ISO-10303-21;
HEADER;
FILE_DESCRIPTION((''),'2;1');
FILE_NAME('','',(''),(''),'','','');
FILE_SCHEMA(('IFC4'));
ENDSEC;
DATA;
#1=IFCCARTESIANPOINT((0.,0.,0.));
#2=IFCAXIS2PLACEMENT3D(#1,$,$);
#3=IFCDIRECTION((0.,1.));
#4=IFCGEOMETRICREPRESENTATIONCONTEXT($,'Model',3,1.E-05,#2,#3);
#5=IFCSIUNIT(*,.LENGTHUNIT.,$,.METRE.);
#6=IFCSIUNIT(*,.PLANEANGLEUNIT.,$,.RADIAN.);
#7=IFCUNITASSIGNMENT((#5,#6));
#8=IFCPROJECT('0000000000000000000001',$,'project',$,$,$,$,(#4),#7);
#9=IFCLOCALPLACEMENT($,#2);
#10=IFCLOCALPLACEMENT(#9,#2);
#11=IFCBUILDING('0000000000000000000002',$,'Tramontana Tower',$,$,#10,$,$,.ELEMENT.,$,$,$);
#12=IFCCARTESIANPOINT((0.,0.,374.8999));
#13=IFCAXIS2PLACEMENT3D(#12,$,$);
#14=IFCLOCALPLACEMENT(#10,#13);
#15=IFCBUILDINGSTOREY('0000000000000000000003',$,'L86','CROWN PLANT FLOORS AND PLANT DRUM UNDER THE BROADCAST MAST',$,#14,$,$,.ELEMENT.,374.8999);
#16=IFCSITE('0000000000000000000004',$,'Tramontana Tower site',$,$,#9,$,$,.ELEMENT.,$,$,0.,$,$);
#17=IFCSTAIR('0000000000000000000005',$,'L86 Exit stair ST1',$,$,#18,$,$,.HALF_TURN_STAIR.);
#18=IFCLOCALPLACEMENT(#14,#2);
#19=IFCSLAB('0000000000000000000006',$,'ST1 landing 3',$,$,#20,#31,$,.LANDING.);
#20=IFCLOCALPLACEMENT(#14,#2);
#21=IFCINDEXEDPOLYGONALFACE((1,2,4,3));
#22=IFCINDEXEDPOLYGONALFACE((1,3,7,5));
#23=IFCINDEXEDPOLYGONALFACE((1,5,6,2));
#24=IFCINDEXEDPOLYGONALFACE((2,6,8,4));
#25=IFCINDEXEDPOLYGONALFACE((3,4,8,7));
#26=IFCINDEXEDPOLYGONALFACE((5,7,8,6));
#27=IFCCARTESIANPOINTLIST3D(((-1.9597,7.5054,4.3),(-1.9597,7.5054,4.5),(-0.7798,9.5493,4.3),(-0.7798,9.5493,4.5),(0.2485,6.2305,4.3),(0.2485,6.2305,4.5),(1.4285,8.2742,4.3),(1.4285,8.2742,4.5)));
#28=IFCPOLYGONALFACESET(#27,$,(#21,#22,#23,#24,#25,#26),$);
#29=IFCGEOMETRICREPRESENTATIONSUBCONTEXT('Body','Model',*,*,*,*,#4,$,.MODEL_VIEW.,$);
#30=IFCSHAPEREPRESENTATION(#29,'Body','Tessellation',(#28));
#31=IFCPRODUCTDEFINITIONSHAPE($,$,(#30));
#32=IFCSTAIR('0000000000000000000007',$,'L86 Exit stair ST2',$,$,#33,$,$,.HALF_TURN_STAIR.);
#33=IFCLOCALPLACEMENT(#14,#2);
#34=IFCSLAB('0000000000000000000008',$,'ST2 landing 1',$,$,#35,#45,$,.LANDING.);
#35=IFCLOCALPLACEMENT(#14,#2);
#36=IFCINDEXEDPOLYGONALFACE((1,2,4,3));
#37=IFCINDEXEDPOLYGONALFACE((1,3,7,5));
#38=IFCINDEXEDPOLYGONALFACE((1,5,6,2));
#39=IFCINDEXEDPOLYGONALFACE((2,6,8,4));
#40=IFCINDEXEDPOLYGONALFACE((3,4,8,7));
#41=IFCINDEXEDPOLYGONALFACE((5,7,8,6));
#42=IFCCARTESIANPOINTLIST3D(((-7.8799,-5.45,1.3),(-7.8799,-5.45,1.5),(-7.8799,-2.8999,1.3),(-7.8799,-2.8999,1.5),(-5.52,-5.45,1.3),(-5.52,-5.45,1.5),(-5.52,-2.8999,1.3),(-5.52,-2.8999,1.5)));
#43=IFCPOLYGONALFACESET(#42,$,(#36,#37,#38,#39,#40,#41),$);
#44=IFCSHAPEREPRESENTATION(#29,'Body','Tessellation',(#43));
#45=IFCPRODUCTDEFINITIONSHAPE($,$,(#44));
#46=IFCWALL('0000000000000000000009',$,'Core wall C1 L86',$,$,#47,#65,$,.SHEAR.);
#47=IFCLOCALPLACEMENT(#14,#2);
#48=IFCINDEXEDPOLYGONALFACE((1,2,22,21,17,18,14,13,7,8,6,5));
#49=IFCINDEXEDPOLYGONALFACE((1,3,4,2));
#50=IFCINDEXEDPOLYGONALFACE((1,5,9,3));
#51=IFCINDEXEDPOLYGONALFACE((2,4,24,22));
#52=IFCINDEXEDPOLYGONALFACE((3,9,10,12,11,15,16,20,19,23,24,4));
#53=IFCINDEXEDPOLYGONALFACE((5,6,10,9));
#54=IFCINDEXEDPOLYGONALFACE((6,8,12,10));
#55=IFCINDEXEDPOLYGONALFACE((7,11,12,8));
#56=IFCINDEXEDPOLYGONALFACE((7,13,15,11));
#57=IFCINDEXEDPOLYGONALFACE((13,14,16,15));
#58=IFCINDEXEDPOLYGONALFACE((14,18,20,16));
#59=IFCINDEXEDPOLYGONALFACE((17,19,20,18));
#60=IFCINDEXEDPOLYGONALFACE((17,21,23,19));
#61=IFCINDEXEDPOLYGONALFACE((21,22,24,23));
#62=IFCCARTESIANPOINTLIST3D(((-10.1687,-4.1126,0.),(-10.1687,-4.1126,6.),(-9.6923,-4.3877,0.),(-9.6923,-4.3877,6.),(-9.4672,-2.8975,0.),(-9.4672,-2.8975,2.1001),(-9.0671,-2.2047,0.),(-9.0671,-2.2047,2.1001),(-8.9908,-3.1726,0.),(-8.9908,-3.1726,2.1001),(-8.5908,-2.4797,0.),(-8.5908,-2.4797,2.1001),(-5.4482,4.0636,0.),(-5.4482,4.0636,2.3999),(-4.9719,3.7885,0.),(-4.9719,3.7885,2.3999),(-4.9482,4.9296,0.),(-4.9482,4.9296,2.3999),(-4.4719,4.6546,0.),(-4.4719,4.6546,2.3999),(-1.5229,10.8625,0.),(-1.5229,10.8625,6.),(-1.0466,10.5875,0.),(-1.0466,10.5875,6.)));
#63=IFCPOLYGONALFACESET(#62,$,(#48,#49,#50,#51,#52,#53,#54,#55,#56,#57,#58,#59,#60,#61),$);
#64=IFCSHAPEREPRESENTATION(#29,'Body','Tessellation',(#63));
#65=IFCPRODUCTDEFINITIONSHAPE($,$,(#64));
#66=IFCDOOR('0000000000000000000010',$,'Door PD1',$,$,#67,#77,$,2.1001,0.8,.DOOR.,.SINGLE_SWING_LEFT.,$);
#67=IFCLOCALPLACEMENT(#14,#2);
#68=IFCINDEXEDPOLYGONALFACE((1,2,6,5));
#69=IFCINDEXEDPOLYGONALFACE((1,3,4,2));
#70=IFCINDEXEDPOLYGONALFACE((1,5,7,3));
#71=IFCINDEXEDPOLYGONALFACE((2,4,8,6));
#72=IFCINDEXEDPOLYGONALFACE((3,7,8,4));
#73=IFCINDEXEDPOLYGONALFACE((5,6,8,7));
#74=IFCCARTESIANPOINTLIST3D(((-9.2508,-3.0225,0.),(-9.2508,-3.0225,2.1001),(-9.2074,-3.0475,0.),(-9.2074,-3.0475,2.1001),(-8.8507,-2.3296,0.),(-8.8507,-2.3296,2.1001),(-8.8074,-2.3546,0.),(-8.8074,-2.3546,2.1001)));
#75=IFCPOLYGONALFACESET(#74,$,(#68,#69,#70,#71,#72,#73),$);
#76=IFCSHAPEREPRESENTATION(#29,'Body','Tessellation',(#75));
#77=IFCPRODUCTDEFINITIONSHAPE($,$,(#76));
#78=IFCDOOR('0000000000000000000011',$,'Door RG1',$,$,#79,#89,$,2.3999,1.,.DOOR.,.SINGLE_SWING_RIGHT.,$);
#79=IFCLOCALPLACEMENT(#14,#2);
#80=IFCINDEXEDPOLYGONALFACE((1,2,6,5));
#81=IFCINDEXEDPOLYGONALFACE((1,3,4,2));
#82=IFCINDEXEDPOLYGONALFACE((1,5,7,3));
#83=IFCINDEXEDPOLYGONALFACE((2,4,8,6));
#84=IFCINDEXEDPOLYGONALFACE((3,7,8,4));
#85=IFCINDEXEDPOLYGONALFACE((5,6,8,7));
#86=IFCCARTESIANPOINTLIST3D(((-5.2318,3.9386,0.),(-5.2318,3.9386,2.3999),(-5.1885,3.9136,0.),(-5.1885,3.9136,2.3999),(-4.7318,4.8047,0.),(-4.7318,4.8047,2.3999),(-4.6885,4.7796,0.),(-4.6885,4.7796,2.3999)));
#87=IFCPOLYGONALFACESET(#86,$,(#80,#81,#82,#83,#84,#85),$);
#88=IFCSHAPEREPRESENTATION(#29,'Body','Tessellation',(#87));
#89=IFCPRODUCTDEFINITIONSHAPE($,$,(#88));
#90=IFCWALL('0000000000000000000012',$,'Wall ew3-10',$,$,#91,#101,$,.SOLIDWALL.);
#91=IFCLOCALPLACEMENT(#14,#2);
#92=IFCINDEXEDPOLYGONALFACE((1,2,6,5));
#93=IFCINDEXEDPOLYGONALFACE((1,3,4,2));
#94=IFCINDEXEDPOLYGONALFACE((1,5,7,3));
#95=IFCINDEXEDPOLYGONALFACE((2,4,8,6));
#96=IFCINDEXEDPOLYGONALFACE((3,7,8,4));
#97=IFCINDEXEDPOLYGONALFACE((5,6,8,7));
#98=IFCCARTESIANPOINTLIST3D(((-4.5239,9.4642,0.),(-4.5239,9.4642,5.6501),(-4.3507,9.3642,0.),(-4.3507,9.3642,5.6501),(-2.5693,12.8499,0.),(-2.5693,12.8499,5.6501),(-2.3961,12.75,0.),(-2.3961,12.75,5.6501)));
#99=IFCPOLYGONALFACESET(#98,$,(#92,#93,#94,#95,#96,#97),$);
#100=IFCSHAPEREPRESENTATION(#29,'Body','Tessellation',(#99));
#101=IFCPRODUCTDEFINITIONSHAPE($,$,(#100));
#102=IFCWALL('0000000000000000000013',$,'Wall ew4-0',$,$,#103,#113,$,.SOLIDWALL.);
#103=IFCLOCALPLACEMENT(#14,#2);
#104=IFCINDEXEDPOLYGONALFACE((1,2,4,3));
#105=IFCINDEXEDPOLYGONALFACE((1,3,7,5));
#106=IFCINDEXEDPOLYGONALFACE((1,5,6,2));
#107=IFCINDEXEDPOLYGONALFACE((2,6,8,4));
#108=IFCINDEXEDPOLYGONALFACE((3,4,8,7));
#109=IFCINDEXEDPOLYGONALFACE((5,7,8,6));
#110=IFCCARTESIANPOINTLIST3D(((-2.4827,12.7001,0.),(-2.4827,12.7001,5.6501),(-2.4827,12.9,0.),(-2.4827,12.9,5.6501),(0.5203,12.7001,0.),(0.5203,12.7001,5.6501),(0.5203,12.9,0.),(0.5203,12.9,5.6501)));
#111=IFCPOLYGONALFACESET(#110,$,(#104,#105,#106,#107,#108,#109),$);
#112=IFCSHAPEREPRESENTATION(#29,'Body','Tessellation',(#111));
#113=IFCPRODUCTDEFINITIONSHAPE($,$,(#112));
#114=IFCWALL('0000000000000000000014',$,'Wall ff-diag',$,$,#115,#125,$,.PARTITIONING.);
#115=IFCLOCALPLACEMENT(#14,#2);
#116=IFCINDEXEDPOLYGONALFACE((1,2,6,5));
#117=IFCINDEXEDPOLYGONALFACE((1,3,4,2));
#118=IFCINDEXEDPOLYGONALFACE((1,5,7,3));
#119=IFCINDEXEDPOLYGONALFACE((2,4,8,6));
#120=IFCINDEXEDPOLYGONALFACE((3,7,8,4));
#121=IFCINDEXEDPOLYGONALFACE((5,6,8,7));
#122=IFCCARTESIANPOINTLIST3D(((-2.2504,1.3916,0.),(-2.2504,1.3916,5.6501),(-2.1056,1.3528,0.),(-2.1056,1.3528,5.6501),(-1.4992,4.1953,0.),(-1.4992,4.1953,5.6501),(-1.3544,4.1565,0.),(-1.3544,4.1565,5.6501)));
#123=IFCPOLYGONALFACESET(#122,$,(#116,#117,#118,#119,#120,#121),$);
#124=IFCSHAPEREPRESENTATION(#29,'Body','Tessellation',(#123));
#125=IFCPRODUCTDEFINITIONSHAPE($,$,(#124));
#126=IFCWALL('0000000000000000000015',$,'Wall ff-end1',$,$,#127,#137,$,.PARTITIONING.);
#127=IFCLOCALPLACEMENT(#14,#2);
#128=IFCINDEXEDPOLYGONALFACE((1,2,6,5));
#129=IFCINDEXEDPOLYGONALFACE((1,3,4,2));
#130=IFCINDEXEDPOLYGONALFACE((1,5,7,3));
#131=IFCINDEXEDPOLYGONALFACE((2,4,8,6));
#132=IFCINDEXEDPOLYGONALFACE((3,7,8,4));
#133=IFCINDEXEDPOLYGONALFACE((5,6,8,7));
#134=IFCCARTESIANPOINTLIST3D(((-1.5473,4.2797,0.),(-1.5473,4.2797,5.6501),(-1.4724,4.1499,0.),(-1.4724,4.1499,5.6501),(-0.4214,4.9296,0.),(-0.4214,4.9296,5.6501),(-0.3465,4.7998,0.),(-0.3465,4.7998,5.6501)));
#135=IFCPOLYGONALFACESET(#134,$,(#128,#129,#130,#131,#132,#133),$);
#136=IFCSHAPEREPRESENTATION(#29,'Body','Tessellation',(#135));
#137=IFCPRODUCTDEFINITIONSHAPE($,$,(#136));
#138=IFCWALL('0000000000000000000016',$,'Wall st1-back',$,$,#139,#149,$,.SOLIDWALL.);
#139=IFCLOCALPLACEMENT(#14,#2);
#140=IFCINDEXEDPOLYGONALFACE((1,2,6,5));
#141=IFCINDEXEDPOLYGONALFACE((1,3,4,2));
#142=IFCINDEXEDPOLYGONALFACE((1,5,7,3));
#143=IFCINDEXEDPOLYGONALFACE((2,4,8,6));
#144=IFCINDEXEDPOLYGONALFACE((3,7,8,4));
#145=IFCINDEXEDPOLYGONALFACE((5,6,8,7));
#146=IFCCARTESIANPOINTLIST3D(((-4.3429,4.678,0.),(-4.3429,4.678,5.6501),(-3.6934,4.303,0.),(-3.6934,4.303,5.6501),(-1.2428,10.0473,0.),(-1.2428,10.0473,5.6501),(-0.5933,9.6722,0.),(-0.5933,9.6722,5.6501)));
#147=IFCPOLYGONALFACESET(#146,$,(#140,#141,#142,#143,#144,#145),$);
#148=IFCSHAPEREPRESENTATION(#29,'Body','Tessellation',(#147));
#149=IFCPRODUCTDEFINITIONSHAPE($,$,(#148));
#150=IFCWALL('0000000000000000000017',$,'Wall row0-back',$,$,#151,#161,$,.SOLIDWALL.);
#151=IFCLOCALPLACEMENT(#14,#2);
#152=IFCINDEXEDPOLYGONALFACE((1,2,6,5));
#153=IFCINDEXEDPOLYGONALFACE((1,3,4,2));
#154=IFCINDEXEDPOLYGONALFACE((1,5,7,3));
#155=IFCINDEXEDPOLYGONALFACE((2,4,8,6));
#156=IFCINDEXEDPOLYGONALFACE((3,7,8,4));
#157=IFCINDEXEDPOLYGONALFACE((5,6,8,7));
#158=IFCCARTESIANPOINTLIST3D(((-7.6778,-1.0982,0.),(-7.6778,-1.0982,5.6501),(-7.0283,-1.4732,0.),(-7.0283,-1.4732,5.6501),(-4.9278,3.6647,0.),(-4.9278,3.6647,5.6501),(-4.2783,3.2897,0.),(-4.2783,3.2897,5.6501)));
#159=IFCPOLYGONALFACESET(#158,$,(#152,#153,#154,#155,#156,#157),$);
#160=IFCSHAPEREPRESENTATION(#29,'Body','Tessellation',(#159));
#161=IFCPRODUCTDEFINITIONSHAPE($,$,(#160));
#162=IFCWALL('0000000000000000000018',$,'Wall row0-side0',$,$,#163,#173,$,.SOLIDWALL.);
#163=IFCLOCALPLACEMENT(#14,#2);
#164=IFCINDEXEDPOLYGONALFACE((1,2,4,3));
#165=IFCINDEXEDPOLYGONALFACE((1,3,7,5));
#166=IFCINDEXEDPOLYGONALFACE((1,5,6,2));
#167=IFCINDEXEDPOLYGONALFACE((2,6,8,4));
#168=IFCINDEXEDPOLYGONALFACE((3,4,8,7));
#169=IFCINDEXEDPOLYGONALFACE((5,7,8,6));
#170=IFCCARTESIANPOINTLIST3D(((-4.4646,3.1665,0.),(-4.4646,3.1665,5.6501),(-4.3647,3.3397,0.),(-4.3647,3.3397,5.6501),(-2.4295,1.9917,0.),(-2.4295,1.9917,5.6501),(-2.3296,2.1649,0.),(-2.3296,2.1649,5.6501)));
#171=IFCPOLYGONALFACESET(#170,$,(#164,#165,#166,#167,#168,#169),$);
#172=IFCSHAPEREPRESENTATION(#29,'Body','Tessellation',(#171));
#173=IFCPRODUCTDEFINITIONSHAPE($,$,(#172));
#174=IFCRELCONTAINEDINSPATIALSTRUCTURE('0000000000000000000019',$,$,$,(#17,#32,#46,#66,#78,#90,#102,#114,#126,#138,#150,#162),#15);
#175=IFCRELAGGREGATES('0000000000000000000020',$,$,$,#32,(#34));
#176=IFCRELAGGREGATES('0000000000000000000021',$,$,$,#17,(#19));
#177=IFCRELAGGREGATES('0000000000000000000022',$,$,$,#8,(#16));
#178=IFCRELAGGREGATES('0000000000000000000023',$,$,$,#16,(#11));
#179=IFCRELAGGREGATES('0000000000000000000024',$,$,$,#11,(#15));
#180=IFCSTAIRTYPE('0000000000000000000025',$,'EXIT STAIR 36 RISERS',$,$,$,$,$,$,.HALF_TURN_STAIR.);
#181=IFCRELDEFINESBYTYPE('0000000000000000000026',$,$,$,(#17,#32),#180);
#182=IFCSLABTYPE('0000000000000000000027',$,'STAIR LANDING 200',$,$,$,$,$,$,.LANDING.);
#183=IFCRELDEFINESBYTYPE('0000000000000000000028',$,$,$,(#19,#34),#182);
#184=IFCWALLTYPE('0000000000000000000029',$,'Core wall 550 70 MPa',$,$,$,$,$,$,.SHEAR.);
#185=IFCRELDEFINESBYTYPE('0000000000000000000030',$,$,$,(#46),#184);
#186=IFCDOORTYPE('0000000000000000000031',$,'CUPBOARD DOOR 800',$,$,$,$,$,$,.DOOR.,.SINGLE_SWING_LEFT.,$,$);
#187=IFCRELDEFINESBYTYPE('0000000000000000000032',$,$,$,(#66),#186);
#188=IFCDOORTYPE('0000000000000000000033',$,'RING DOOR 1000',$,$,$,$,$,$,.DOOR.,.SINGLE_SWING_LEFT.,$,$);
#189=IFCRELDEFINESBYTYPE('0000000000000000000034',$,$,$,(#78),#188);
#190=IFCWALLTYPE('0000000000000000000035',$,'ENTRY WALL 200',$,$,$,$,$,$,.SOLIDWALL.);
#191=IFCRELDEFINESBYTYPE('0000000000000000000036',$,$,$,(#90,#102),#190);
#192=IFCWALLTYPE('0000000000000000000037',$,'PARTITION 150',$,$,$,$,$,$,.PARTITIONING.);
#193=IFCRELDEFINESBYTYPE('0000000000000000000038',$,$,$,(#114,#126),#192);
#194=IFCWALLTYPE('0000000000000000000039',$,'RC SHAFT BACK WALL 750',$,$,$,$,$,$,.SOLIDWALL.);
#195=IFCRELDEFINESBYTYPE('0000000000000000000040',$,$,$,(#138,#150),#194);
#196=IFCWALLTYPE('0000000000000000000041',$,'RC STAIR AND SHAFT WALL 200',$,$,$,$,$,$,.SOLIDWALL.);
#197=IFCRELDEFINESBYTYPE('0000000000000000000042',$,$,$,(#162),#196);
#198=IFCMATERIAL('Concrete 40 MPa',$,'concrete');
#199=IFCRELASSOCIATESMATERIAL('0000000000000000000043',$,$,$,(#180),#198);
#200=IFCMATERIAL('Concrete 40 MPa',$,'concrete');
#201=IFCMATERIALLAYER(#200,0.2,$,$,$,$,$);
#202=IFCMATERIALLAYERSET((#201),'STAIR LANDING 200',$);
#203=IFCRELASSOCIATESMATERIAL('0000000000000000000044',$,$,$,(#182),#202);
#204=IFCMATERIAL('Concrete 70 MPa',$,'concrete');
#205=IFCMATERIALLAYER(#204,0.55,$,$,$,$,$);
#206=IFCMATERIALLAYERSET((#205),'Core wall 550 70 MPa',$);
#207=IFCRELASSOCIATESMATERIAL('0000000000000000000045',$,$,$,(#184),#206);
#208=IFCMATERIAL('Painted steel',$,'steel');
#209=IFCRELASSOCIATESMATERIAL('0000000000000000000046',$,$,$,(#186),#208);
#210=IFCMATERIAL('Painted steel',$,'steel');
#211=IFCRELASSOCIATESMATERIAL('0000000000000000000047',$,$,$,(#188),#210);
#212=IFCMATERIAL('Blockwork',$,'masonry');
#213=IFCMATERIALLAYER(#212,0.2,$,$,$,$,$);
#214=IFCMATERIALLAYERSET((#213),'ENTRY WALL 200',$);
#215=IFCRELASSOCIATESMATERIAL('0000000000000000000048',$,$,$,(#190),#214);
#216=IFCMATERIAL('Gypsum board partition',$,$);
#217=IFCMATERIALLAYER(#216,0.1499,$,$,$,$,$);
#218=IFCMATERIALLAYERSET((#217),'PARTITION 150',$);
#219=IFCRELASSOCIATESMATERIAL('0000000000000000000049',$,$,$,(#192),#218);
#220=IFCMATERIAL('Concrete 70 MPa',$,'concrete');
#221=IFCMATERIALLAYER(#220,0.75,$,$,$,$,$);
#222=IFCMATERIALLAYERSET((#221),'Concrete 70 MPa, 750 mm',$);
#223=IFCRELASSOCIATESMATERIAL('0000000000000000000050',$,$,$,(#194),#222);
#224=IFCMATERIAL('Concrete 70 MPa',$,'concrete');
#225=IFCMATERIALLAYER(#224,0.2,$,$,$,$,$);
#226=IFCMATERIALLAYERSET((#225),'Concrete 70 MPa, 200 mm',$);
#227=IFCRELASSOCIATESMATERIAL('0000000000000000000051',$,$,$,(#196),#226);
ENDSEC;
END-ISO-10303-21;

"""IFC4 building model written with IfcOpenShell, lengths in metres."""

from ifc_helpers import new_model, si_unit, direction, frame, frame_2d, origin, place, context, subcontext, project, spatial, polyline, rectangle, outline, extrude, material, layer, layer_set, type_object, element, fill, aggregate, save


model = new_model("IFC4")

# Units and contexts
model_context = context("Model", 3, precision=1e-05, world=origin(), true_north=direction((0.0, 1.0)))
body_context = subcontext(model_context, "Body", "Model", "MODEL_VIEW")
ifc_project = project(units=[si_unit("LENGTHUNIT", "METRE"), si_unit("PLANEANGLEUNIT", "RADIAN")], contexts=[model_context])

# Site, building, storey
site_placement = place(None, origin())
site = spatial("IfcSite", under=ifc_project, at=site_placement, Name="Tramontana Tower site", CompositionType="ELEMENT", RefElevation=0.0)
building_placement = place(site_placement, origin())
building = spatial("IfcBuilding", under=site, at=building_placement, Name="Tramontana Tower", CompositionType="ELEMENT")
storey_placement = place(building_placement, frame((0.0, 0.0, 374.8999)))
storey = spatial("IfcBuildingStorey", under=building, at=storey_placement, Name="L86", Description="CROWN PLANT FLOORS AND PLANT DRUM UNDER THE BROADCAST MAST", CompositionType="ELEMENT", Elevation=374.8999)

# Stairs, slabs
ifc_material_1 = material(Name="Concrete 40 MPa", Category="concrete")
stair_type = type_object("IfcStairType", Name="EXIT STAIR 36 RISERS", PredefinedType="HALF_TURN_STAIR", material=ifc_material_1)
stair_1_placement = place(storey_placement, origin())
stair_1 = element("IfcStair", 1, at=stair_1_placement, inside=storey, type_object=stair_type, Name="L86 Exit stair ST1", PredefinedType="HALF_TURN_STAIR")
ifc_material_2 = material(Name="Concrete 40 MPa", Category="concrete")
ifc_layer_1 = layer(ifc_material_2, 0.2)
ifc_layer_set_1 = layer_set([ifc_layer_1], Name="STAIR LANDING 200")
slab_type = type_object("IfcSlabType", Name="STAIR LANDING 200", PredefinedType="LANDING", material=ifc_layer_set_1)
slab_1_placement = place(storey_placement, frame((0.0, 0.0, 4.3)))
slab_1 = element("IfcSlab", 2, at=slab_1_placement, type_object=slab_type, Name="ST1 landing 3", PredefinedType="LANDING", context=body_context, shape_type="SweptSolid", body=[
    extrude(outline(polyline([(0.2485, 6.2305), (1.4285, 8.2742), (-0.7798, 9.5493), (-1.9597, 7.5054), (0.2485, 6.2305)])), origin(), (0.0, 0.0, 1.0), 0.2),
])
stair_2_placement = place(storey_placement, origin())
stair_2 = element("IfcStair", 3, at=stair_2_placement, inside=storey, type_object=stair_type, Name="L86 Exit stair ST2", PredefinedType="HALF_TURN_STAIR")
slab_2_placement = place(storey_placement, frame((0.0, 0.0, 1.3)))
slab_2 = element("IfcSlab", 4, at=slab_2_placement, type_object=slab_type, Name="ST2 landing 1", PredefinedType="LANDING", context=body_context, shape_type="SweptSolid", body=[
    extrude(outline(polyline([(-5.52, -2.8999), (-7.8799, -2.8999), (-7.8799, -5.45), (-5.52, -5.45), (-5.52, -2.8999)])), origin(), (0.0, 0.0, 1.0), 0.2),
])
aggregate(stair_2, [slab_2])

# Wall, openings, doors
ifc_material_3 = material(Name="Concrete 70 MPa", Category="concrete")
ifc_layer_2 = layer(ifc_material_3, 0.55)
ifc_layer_set_2 = layer_set([ifc_layer_2], Name="Core wall 550 70 MPa")
wall_type_1 = type_object("IfcWallType", Name="Core wall 550 70 MPa", PredefinedType="SHEAR", material=ifc_layer_set_2)
wall_1_placement = place(storey_placement, frame((-1.2847, 10.7251, 0.0), z_axis=(0.0, 0.0, 1.0), x_axis=(-0.499995, -0.866029, 0.0)))
wall_1 = element("IfcWall", 5, at=wall_1_placement, inside=storey, type_object=wall_type_1, Name="Core wall C1 L86", PredefinedType="SHEAR", context=body_context, shape_type="SweptSolid", body=[
    extrude(rectangle(XDim=17.2917, YDim=0.55, at=frame_2d((8.646, 0.0))), origin(), (0.0, 0.0, 1.0), 6.0),
])
opening_1_placement = place(wall_1_placement, frame((6.8508, 0.0, 0.0)))
opening_1 = element("IfcOpeningElement", 6, at=opening_1_placement, cuts=wall_1, PredefinedType="OPENING", context=body_context, shape_type="SweptSolid", body=[
    extrude(rectangle(XDim=1.0, YDim=2.3999, at=frame_2d((0.5, 1.2))), frame((0.0, 0.2849, 0.0), z_axis=(0.0, -1.0, 0.0), x_axis=(1.0, 0.0, 0.0)), (0.0, 0.0, 1.0), 0.5701),
])
opening_2_placement = place(wall_1_placement, frame((15.0889, 0.0, 0.0)))
opening_2 = element("IfcOpeningElement", 7, at=opening_2_placement, cuts=wall_1, PredefinedType="OPENING", context=body_context, shape_type="SweptSolid", body=[
    extrude(rectangle(XDim=0.8, YDim=2.1001, at=frame_2d((0.3999, 1.05))), frame((0.0, 0.2849, 0.0), z_axis=(0.0, -1.0, 0.0), x_axis=(1.0, 0.0, 0.0)), (0.0, 0.0, 1.0), 0.5701),
])
ifc_material_4 = material(Name="Painted steel", Category="steel")
door_type_1 = type_object("IfcDoorType", Name="CUPBOARD DOOR 800", OperationType="SINGLE_SWING_LEFT", PredefinedType="DOOR", material=ifc_material_4)
door_1_placement = place(opening_2_placement, origin())
door_1 = element("IfcDoor", 8, at=door_1_placement, inside=storey, type_object=door_type_1, Name="Door PD1", OperationType="SINGLE_SWING_LEFT", OverallHeight=2.1001, OverallWidth=0.8, PredefinedType="DOOR", context=body_context, shape_type="SweptSolid", body=[
    extrude(rectangle(XDim=0.8, YDim=2.1001, at=frame_2d((0.3999, 1.05))), frame((0.0, 0.0249, 0.0), z_axis=(0.0, -1.0, 0.0), x_axis=(1.0, 0.0, 0.0)), (0.0, 0.0, 1.0), 0.05),
])
fill(opening_2, door_1)
ifc_material_5 = material(Name="Painted steel", Category="steel")
door_type_2 = type_object("IfcDoorType", Name="RING DOOR 1000", OperationType="SINGLE_SWING_LEFT", PredefinedType="DOOR", material=ifc_material_5)
door_2_placement = place(opening_1_placement, origin())
door_2 = element("IfcDoor", 9, at=door_2_placement, inside=storey, type_object=door_type_2, Name="Door RG1", OperationType="SINGLE_SWING_RIGHT", OverallHeight=2.3999, OverallWidth=1.0, PredefinedType="DOOR", context=body_context, shape_type="SweptSolid", body=[
    extrude(rectangle(XDim=1.0, YDim=2.3999, at=frame_2d((0.5, 1.2))), frame((0.0, 0.0249, 0.0), z_axis=(0.0, -1.0, 0.0), x_axis=(1.0, 0.0, 0.0)), (0.0, 0.0, 1.0), 0.05),
])
fill(opening_1, door_2)

# Walls
ifc_material_6 = material(Name="Blockwork", Category="masonry")
ifc_layer_3 = layer(ifc_material_6, 0.2)
ifc_layer_set_3 = layer_set([ifc_layer_3], Name="ENTRY WALL 200")
wall_type_2 = type_object("IfcWallType", Name="ENTRY WALL 200", PredefinedType="SOLIDWALL", material=ifc_layer_set_3)
wall_2_placement = place(storey_placement, frame((-4.4373, 9.4143, 0.0), z_axis=(0.0, 0.0, 1.0), x_axis=(0.499968, 0.866044, 0.0)))
element("IfcWall", 10, at=wall_2_placement, inside=storey, type_object=wall_type_2, Name="Wall ew3-10", PredefinedType="SOLIDWALL", context=body_context, shape_type="SweptSolid", body=[
    extrude(rectangle(XDim=3.9094, YDim=0.2, at=frame_2d((1.9546, 0.0))), origin(), (0.0, 0.0, 1.0), 5.6501),
])
wall_3_placement = place(storey_placement, frame((-2.4827, 12.8, 0.0), z_axis=(0.0, 0.0, 1.0), x_axis=(1.0, 0.0, 0.0)))
element("IfcWall", 11, at=wall_3_placement, inside=storey, type_object=wall_type_2, Name="Wall ew4-0", PredefinedType="SOLIDWALL", context=body_context, shape_type="SweptSolid", body=[
    extrude(rectangle(XDim=3.0029, YDim=0.2, at=frame_2d((1.5015, 0.0))), origin(), (0.0, 0.0, 1.0), 5.6501),
])
ifc_material_7 = material(Name="Gypsum board partition")
ifc_layer_4 = layer(ifc_material_7, 0.1499)
ifc_layer_set_4 = layer_set([ifc_layer_4], Name="PARTITION 150")
wall_type_3 = type_object("IfcWallType", Name="PARTITION 150", PredefinedType="PARTITIONING", material=ifc_layer_set_4)
wall_4_placement = place(storey_placement, frame((-2.178, 1.3723, 0.0), z_axis=(0.0, 0.0, 1.0), x_axis=(0.258809, 0.965929, 0.0)))
element("IfcWall", 12, at=wall_4_placement, inside=storey, type_object=wall_type_3, Name="Wall ff-diag", PredefinedType="PARTITIONING", context=body_context, shape_type="SweptSolid", body=[
    extrude(rectangle(XDim=2.9026, YDim=0.1499, at=frame_2d((1.4512, 0.0))), origin(), (0.0, 0.0, 1.0), 5.6501),
])
wall_5_placement = place(storey_placement, frame((-1.5098, 4.2148, 0.0), z_axis=(0.0, 0.0, 1.0), x_axis=(0.866086, 0.499896, 0.0)))
element("IfcWall", 13, at=wall_5_placement, inside=storey, type_object=wall_type_3, Name="Wall ff-end1", PredefinedType="PARTITIONING", context=body_context, shape_type="SweptSolid", body=[
    extrude(rectangle(XDim=1.3, YDim=0.1499, at=frame_2d((0.6499, 0.0))), origin(), (0.0, 0.0, 1.0), 5.6501),
])
ifc_material_8 = material(Name="Concrete 70 MPa", Category="concrete")
ifc_layer_5 = layer(ifc_material_8, 0.75)
ifc_layer_set_5 = layer_set([ifc_layer_5], Name="Concrete 70 MPa, 750 mm")
wall_type_4 = type_object("IfcWallType", Name="RC SHAFT BACK WALL 750", PredefinedType="SOLIDWALL", material=ifc_layer_set_5)
wall_6_placement = place(storey_placement, frame((-0.918, 9.8599, 0.0), z_axis=(0.0, 0.0, 1.0), x_axis=(-0.500027, -0.86601, 0.0)))
element("IfcWall", 14, at=wall_6_placement, inside=storey, type_object=wall_type_4, Name="Wall st1-back", PredefinedType="SOLIDWALL", context=body_context, shape_type="SweptSolid", body=[
    extrude(rectangle(XDim=6.2, YDim=0.75, at=frame_2d((3.1001, 0.0))), origin(), (0.0, 0.0, 1.0), 5.6501),
])
wall_7_placement = place(storey_placement, frame((-4.603, 3.4773, 0.0), z_axis=(0.0, 0.0, 1.0), x_axis=(-0.500016, -0.866016, 0.0)))
element("IfcWall", 15, at=wall_7_placement, inside=storey, type_object=wall_type_4, Name="Wall row0-back", PredefinedType="SOLIDWALL", context=body_context, shape_type="SweptSolid", body=[
    extrude(rectangle(XDim=5.4998, YDim=0.75, at=frame_2d((2.75, 0.0))), origin(), (0.0, 0.0, 1.0), 5.6501),
])

# Shared definitions
ifc_material_9 = material(Name="Concrete 70 MPa", Category="concrete")
ifc_layer_6 = layer(ifc_material_9, 0.2)
ifc_layer_set_6 = layer_set([ifc_layer_6], Name="Concrete 70 MPa, 200 mm")
wall_type_5 = type_object("IfcWallType", Name="RC STAIR AND SHAFT WALL 200", PredefinedType="SOLIDWALL", material=ifc_layer_set_6)

# Wall
wall_8_placement = place(storey_placement, frame((-2.3796, 2.0784, 0.0), z_axis=(0.0, 0.0, 1.0), x_axis=(-0.866061, 0.499938, 0.0)))
element("IfcWall", 16, at=wall_8_placement, inside=storey, type_object=wall_type_5, Name="Wall row0-side0", PredefinedType="SOLIDWALL", context=body_context, shape_type="SweptSolid", body=[
    extrude(rectangle(XDim=2.3499, YDim=0.2, at=frame_2d((1.1748, 0.0))), origin(), (0.0, 0.0, 1.0), 5.6501),
])

aggregate(stair_1, [slab_1])

save(model, "model.ifc")
